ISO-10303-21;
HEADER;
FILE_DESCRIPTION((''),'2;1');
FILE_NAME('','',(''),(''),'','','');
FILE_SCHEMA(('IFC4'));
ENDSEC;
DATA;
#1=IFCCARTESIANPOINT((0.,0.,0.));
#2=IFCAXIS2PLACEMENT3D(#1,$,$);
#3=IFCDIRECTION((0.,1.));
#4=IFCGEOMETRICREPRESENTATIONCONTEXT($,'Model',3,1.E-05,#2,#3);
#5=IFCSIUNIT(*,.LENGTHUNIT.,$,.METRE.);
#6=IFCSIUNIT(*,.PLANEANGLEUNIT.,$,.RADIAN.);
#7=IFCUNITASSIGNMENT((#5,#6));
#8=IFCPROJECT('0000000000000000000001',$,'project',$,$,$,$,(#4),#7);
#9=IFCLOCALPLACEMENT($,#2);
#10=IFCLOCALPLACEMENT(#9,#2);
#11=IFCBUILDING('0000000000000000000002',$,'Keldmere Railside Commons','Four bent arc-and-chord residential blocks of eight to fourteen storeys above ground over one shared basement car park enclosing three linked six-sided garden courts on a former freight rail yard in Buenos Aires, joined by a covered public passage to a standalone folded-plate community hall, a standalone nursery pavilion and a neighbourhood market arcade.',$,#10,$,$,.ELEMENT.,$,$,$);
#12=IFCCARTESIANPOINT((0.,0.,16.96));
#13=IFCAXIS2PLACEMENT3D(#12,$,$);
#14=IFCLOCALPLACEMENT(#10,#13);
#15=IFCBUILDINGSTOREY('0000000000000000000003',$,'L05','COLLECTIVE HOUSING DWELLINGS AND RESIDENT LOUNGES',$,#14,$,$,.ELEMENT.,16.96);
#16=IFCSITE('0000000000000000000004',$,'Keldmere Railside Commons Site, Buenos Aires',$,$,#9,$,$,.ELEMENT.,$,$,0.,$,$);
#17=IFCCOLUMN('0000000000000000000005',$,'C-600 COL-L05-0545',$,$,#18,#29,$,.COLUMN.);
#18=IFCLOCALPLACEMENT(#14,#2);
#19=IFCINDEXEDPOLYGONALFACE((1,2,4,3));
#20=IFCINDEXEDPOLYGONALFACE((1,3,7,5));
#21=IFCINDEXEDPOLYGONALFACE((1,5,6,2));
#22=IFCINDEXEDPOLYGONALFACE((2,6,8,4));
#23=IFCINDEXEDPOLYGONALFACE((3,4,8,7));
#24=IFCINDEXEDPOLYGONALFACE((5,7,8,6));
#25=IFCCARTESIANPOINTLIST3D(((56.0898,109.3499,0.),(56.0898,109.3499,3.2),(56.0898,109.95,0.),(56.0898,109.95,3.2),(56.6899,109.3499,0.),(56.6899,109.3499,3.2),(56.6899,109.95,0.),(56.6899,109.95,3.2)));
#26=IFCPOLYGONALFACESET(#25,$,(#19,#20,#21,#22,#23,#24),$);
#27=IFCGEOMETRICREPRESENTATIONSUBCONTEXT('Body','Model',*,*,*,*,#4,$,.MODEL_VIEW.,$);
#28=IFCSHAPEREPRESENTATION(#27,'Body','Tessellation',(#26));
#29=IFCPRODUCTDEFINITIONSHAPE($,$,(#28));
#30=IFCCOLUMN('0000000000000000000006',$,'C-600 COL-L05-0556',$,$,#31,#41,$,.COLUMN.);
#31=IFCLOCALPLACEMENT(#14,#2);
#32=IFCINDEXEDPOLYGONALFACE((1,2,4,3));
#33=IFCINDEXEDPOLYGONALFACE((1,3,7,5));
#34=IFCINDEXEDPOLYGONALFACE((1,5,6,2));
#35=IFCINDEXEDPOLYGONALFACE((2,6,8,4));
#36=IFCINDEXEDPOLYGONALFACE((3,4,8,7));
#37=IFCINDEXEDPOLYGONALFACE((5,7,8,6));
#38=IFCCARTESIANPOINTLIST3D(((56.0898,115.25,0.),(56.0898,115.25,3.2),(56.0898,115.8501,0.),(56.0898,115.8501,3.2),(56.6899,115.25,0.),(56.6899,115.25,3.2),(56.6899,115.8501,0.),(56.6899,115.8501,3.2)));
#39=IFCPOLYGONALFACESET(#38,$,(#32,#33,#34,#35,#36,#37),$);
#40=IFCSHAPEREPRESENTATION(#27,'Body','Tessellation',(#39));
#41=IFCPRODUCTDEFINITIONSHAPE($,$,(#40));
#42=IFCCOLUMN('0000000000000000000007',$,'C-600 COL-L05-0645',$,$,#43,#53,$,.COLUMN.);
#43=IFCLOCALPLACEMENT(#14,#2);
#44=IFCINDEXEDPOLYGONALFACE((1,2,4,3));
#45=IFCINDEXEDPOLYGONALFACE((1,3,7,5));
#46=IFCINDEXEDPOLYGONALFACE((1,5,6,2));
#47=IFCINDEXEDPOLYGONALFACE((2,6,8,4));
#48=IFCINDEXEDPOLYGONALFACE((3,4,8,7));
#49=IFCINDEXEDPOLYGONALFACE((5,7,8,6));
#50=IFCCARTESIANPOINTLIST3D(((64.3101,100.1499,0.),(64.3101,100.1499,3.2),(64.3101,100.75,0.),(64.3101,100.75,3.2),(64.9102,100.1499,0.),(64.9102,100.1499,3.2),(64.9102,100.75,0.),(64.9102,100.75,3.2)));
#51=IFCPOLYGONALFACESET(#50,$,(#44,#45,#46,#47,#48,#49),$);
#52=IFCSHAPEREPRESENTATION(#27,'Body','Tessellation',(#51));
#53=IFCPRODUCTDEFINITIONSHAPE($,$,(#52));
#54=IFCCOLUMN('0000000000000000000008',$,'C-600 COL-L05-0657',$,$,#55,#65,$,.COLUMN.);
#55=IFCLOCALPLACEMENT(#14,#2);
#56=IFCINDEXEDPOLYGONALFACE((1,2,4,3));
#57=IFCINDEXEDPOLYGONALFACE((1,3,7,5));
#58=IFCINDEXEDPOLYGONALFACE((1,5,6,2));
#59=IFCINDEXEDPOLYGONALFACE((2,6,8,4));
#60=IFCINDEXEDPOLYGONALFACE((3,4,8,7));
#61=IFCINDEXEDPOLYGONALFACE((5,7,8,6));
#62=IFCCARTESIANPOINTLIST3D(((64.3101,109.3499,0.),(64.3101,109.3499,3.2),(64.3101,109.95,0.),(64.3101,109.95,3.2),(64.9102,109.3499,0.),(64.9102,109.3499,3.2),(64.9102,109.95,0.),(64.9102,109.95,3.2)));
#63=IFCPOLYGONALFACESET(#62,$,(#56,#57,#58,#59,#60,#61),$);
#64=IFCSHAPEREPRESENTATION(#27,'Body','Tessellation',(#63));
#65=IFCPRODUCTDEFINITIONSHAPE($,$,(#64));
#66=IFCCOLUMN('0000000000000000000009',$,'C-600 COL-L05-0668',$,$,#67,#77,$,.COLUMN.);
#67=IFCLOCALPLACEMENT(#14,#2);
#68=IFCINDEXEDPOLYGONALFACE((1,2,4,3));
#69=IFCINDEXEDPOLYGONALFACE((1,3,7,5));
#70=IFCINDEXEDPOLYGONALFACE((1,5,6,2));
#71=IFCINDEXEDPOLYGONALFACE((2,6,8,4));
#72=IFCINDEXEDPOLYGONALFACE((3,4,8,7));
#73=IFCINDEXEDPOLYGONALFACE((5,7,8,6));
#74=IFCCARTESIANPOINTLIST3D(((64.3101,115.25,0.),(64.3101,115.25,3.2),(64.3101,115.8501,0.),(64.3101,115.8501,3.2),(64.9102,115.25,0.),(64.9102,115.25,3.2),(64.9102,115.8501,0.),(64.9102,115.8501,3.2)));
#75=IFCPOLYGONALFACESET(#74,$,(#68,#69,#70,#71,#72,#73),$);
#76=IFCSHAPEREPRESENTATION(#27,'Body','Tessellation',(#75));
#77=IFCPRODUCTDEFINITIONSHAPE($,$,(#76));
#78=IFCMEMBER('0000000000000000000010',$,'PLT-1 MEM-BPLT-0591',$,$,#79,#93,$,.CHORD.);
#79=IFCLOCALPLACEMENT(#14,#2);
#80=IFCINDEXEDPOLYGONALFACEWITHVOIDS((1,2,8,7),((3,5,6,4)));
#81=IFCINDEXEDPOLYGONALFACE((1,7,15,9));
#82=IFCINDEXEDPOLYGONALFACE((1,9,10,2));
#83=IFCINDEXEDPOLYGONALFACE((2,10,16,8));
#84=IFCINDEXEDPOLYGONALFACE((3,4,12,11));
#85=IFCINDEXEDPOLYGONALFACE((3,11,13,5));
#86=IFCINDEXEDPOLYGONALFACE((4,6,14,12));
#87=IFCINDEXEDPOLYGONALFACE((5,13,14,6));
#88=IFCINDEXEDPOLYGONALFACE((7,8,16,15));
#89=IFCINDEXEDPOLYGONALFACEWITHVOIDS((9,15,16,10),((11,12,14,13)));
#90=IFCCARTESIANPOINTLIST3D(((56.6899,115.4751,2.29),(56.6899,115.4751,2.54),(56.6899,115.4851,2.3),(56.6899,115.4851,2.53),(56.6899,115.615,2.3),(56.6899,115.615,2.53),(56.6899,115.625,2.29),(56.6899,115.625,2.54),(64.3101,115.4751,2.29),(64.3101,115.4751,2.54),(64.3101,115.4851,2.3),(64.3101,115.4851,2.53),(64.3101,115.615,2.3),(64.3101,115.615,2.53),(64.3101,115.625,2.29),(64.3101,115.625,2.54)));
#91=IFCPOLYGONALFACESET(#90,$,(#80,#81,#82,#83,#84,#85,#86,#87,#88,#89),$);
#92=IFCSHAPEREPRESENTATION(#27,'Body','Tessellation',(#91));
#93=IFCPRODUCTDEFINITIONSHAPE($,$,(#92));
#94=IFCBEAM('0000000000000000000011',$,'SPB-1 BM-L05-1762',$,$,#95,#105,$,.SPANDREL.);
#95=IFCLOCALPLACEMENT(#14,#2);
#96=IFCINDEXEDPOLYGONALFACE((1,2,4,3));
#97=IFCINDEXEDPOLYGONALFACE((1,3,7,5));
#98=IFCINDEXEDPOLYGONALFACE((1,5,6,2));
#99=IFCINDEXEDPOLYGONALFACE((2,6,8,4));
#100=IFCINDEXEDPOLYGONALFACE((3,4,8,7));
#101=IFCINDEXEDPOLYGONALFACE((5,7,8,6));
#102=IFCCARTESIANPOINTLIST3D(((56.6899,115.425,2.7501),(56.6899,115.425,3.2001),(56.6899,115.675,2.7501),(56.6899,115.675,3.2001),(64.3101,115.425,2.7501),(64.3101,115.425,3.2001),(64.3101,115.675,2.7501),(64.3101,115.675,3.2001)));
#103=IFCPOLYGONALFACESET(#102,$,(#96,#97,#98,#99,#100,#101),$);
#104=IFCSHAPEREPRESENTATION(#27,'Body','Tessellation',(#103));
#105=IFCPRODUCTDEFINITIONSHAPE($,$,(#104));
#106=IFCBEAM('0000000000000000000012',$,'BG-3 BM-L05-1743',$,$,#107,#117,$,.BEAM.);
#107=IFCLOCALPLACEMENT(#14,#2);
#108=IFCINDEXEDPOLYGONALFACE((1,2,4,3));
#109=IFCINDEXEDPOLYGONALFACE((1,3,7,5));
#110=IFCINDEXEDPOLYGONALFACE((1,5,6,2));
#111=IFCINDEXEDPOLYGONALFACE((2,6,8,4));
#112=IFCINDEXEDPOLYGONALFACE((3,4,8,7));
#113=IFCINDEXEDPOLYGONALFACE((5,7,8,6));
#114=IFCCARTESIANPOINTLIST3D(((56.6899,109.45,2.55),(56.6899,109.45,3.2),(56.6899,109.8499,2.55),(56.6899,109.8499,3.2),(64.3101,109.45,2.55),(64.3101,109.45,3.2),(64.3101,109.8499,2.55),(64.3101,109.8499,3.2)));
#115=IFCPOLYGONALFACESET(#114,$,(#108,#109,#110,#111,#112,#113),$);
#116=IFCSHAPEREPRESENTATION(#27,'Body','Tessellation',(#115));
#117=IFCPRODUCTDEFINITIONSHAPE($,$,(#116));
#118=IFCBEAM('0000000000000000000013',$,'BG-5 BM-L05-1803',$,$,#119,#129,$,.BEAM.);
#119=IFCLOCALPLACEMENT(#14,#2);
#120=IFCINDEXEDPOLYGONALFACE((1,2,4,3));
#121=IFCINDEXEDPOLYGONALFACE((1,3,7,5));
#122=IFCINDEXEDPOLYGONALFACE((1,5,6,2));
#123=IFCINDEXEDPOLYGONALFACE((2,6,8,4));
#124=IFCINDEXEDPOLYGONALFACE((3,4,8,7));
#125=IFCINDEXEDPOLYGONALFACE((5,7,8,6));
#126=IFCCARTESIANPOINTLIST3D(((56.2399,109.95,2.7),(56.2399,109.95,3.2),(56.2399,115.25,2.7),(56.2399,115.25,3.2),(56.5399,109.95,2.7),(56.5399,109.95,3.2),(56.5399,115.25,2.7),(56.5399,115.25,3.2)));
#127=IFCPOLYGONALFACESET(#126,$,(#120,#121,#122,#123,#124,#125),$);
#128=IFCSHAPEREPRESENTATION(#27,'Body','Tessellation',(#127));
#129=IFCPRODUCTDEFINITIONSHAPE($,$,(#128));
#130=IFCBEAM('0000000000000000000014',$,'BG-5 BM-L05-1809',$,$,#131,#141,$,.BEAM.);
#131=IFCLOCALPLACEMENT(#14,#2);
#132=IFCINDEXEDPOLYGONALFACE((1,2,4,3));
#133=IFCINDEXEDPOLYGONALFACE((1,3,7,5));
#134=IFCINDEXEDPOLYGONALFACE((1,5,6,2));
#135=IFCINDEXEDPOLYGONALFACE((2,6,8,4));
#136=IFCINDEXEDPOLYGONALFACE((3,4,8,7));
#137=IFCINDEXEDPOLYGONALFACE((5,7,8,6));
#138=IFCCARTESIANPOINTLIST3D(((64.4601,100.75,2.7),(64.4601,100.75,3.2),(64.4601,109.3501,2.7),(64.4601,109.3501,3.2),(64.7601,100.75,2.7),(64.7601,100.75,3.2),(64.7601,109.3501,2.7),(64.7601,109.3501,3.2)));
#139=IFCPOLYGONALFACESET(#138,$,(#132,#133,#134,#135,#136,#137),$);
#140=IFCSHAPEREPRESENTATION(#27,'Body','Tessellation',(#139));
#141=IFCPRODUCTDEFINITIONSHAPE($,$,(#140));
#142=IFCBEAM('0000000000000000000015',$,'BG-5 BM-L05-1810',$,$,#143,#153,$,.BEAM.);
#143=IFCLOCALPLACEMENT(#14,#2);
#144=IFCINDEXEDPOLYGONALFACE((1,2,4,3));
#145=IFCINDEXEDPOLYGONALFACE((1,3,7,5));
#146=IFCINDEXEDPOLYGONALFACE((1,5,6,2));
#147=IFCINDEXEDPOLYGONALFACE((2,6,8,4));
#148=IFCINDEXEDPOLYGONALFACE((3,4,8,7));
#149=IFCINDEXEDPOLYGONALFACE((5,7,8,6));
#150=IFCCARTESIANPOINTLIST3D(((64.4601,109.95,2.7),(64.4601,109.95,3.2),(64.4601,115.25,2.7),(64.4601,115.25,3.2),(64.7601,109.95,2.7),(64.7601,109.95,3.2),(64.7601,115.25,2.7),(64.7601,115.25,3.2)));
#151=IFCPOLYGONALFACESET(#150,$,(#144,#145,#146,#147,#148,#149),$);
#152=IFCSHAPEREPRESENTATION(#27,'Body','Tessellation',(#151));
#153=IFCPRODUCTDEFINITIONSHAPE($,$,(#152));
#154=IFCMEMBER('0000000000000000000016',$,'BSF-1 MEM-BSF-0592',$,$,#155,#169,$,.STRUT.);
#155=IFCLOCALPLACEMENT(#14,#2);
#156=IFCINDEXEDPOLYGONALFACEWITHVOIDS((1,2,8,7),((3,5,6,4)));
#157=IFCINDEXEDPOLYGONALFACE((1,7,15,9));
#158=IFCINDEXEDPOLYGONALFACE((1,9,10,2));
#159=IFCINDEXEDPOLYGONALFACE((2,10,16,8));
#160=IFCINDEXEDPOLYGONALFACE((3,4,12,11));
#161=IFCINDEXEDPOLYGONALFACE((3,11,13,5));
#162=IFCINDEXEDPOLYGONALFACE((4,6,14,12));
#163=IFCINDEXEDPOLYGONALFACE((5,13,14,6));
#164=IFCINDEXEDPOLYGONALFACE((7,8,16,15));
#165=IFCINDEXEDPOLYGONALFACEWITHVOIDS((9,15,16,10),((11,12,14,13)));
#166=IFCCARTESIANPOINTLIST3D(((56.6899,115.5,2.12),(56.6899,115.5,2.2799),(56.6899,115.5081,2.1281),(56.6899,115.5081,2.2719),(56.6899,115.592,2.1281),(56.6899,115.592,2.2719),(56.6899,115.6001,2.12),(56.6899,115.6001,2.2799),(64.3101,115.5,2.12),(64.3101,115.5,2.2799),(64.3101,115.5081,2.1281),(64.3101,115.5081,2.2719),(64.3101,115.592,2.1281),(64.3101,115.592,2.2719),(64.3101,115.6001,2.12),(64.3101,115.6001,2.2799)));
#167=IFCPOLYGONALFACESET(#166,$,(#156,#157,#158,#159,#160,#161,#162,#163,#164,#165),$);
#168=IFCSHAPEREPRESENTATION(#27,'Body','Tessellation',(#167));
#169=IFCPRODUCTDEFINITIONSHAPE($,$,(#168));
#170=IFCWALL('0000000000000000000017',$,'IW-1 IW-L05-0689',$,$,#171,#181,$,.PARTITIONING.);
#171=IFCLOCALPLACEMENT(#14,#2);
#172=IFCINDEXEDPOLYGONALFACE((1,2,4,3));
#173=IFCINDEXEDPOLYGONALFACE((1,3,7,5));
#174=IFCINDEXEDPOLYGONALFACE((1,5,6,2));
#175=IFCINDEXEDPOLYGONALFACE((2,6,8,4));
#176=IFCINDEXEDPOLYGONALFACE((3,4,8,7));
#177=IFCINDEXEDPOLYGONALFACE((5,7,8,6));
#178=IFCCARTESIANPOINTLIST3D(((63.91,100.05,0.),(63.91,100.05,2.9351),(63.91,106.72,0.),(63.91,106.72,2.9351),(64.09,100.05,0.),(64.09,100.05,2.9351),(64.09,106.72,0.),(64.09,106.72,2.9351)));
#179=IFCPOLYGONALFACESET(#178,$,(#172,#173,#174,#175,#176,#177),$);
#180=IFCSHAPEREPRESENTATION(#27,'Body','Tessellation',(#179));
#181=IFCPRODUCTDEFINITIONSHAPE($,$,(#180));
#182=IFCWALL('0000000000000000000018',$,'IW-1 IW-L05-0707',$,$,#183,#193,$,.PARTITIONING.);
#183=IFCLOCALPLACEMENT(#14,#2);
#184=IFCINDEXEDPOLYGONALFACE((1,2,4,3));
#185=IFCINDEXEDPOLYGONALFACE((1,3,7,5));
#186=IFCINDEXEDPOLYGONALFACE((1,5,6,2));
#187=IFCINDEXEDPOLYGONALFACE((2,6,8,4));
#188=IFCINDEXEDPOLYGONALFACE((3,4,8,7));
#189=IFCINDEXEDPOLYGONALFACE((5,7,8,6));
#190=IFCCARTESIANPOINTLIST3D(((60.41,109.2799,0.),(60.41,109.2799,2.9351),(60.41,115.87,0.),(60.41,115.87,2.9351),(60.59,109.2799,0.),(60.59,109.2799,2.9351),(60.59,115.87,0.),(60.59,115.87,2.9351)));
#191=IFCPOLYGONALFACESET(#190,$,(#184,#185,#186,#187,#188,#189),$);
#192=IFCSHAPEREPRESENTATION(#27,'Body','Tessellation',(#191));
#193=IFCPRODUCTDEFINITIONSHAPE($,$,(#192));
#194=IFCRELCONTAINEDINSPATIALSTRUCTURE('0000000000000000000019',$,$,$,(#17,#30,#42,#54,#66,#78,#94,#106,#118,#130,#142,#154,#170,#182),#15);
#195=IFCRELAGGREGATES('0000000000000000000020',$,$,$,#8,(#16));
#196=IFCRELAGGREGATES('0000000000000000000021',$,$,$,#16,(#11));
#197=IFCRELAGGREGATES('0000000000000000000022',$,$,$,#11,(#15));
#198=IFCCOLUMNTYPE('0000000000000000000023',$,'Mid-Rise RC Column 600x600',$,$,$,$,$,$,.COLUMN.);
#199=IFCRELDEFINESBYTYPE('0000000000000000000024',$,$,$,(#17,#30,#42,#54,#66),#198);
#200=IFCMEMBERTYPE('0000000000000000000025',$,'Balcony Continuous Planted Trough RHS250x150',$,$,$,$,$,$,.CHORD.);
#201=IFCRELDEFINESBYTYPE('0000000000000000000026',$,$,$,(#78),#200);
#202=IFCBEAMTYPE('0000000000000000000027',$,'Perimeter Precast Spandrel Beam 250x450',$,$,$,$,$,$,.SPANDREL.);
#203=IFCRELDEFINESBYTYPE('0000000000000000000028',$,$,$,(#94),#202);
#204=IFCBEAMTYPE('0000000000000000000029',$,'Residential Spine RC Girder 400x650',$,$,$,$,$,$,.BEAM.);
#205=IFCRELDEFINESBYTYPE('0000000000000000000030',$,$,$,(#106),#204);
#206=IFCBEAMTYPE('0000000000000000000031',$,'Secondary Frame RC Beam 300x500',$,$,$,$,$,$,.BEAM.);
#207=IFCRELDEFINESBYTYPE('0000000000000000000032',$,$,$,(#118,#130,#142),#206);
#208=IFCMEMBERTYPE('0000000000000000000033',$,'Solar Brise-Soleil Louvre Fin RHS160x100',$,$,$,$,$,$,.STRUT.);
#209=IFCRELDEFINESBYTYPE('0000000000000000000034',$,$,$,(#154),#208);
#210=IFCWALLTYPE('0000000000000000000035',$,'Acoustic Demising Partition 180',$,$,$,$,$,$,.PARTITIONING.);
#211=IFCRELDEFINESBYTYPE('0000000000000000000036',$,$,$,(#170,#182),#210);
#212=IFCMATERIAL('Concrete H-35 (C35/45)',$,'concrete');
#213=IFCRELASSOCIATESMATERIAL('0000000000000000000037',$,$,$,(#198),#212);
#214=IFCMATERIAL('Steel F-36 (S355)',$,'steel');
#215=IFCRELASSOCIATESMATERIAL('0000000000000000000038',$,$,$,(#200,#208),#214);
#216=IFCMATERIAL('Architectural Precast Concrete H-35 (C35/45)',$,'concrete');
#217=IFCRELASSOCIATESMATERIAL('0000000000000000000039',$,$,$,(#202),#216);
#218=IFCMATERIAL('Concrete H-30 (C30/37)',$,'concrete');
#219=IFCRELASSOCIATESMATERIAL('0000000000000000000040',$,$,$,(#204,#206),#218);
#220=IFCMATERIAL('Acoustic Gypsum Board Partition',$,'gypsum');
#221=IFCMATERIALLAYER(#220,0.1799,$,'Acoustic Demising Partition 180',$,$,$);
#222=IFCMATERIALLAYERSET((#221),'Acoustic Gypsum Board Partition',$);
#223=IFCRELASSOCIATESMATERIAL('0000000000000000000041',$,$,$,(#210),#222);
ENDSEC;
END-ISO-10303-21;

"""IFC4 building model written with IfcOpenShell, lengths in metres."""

from ifc_helpers import new_model, si_unit, direction, frame, frame_2d, origin, origin_2d, place, context, subcontext, project, spatial, rectangle, hollow_rectangle, extrude, material, layer, layer_set, material_profile, profile_set, type_object, element, save


model = new_model("IFC4")

# Units and contexts
model_context = context("Model", 3, precision=1e-05, world=origin(), true_north=direction((0.0, 1.0)))
body_context = subcontext(model_context, "Body", "Model", "MODEL_VIEW")
ifc_project = project(units=[si_unit("LENGTHUNIT", "METRE"), si_unit("PLANEANGLEUNIT", "RADIAN")], contexts=[model_context])

# Site, building, storey
site_placement = place(None, origin())
site = spatial("IfcSite", under=ifc_project, at=site_placement, Name="Keldmere Railside Commons Site, Buenos Aires", CompositionType="ELEMENT", RefElevation=0.0)
building_placement = place(site_placement, origin())
building = spatial("IfcBuilding", under=site, at=building_placement, Name="Keldmere Railside Commons", Description="Four bent arc-and-chord residential blocks of eight to fourteen storeys above ground over one shared basement car park enclosing three linked six-sided garden courts on a former freight rail yard in Buenos Aires, joined by a covered public passage to a standalone folded-plate community hall, a standalone nursery pavilion and a neighbourhood market arcade.", CompositionType="ELEMENT")
storey_placement = place(building_placement, frame((0.0, 0.0, 16.96)))
storey = spatial("IfcBuildingStorey", under=building, at=storey_placement, Name="L05", Description="COLLECTIVE HOUSING DWELLINGS AND RESIDENT LOUNGES", CompositionType="ELEMENT", Elevation=16.96)

# Columns
ifc_material_1 = material(Name="Concrete H-35 (C35/45)", Category="concrete")
ifc_material_profile_1 = material_profile(ifc_material_1, rectangle(XDim=0.6001, YDim=0.6001, at=origin_2d()), Name="RC-600x600")
ifc_profile_set_1 = profile_set([ifc_material_profile_1], Name="Concrete H-35 (C35/45)")
column_type = type_object("IfcColumnType", Name="Mid-Rise RC Column 600x600", PredefinedType="COLUMN", material=ifc_profile_set_1)
for number, where, z_axis, x_axis, name in (
    (1, (56.3899, 109.6499, 0.0), (0.0, 0.0, 1.0), (1.0, 0.0, 0.0), "C-600 COL-L05-0545"),
    (2, (56.3899, 115.55, 0.0), (0.0, 0.0, 1.0), (1.0, 0.0, 0.0), "C-600 COL-L05-0556"),
    (3, (64.6101, 100.45, 0.0), (0.0, 0.0, 1.0), (1.0, 0.0, 0.0), "C-600 COL-L05-0645"),
    (4, (64.6101, 109.6499, 0.0), (0.0, 0.0, 1.0), (1.0, 0.0, 0.0), "C-600 COL-L05-0657"),
    (5, (64.6101, 115.55, 0.0), (0.0, 0.0, 1.0), (1.0, 0.0, 0.0), "C-600 COL-L05-0668"),
):
    element("IfcColumn", number, at=place(storey_placement, frame(where, z_axis=z_axis, x_axis=x_axis)), inside=storey, type_object=column_type, Name=name, PredefinedType="COLUMN", context=body_context, shape_type="SweptSolid", body=[
        extrude(rectangle(XDim=0.6001, YDim=0.6001, at=origin_2d()), origin(), (0.0, 0.0, 1.0), 3.2),
    ])

# Member
ifc_material_2 = material(Name="Steel F-36 (S355)", Category="steel")
ifc_material_profile_2 = material_profile(ifc_material_2, hollow_rectangle(XDim=0.1499, YDim=0.25, WallThickness=0.01, at=origin_2d()), Name="RHS-250x150x10")
ifc_profile_set_2 = profile_set([ifc_material_profile_2], Name="Steel F-36 (S355)")
member_type_1 = type_object("IfcMemberType", Name="Balcony Continuous Planted Trough RHS250x150", PredefinedType="CHORD", material=ifc_profile_set_2)
member_1_placement = place(storey_placement, frame((56.6899, 115.55, 2.415), z_axis=(1.0, 0.0, 0.0), x_axis=(0.0, 1.0, 0.0)))
element("IfcMember", 6, at=member_1_placement, inside=storey, type_object=member_type_1, Name="PLT-1 MEM-BPLT-0591", PredefinedType="CHORD", context=body_context, shape_type="SweptSolid", body=[
    extrude(hollow_rectangle(XDim=0.1499, YDim=0.25, WallThickness=0.01, at=origin_2d()), origin(), (0.0, 0.0, 1.0), 7.6201),
])

# Beams
ifc_material_3 = material(Name="Architectural Precast Concrete H-35 (C35/45)", Category="concrete")
ifc_material_profile_3 = material_profile(ifc_material_3, rectangle(XDim=0.25, YDim=0.45, at=origin_2d()), Name="RC-250x450")
ifc_profile_set_3 = profile_set([ifc_material_profile_3], Name="Architectural Precast Concrete H-35 (C35/45)")
beam_type_1 = type_object("IfcBeamType", Name="Perimeter Precast Spandrel Beam 250x450", PredefinedType="SPANDREL", material=ifc_profile_set_3)
beam_1_placement = place(storey_placement, frame((56.6899, 115.55, 2.9751), z_axis=(1.0, 0.0, 0.0), x_axis=(0.0, 1.0, 0.0)))
element("IfcBeam", 7, at=beam_1_placement, inside=storey, type_object=beam_type_1, Name="SPB-1 BM-L05-1762", PredefinedType="SPANDREL", context=body_context, shape_type="SweptSolid", body=[
    extrude(rectangle(XDim=0.25, YDim=0.45, at=origin_2d()), origin(), (0.0, 0.0, 1.0), 7.6201),
])
ifc_material_4 = material(Name="Concrete H-30 (C30/37)", Category="concrete")
ifc_material_profile_4 = material_profile(ifc_material_4, rectangle(XDim=0.3999, YDim=0.6499, at=origin_2d()), Name="RC-400x650")
ifc_profile_set_4 = profile_set([ifc_material_profile_4], Name="Concrete H-30 (C30/37)")
beam_type_2 = type_object("IfcBeamType", Name="Residential Spine RC Girder 400x650", PredefinedType="BEAM", material=ifc_profile_set_4)
beam_2_placement = place(storey_placement, frame((56.6899, 109.6499, 2.875), z_axis=(1.0, 0.0, 0.0), x_axis=(0.0, 1.0, 0.0)))
element("IfcBeam", 8, at=beam_2_placement, inside=storey, type_object=beam_type_2, Name="BG-3 BM-L05-1743", PredefinedType="BEAM", context=body_context, shape_type="SweptSolid", body=[
    extrude(rectangle(XDim=0.3999, YDim=0.6499, at=origin_2d()), origin(), (0.0, 0.0, 1.0), 7.6201),
])
ifc_material_profile_5 = material_profile(ifc_material_4, rectangle(XDim=0.3, YDim=0.5, at=origin_2d()), Name="RC-300x500")
ifc_profile_set_5 = profile_set([ifc_material_profile_5], Name="Concrete H-30 (C30/37)")
beam_type_3 = type_object("IfcBeamType", Name="Secondary Frame RC Beam 300x500", PredefinedType="BEAM", material=ifc_profile_set_5)
beam_3_placement = place(storey_placement, frame((56.3899, 109.95, 2.95), z_axis=(0.0, 1.0, 0.0), x_axis=(-1.0, 0.0, 0.0)))
element("IfcBeam", 9, at=beam_3_placement, inside=storey, type_object=beam_type_3, Name="BG-5 BM-L05-1803", PredefinedType="BEAM", context=body_context, shape_type="SweptSolid", body=[
    extrude(rectangle(XDim=0.3, YDim=0.5, at=origin_2d()), origin(), (0.0, 0.0, 1.0), 5.3),
])
beam_4_placement = place(storey_placement, frame((64.6101, 100.75, 2.95), z_axis=(0.0, 1.0, 0.0), x_axis=(-1.0, 0.0, 0.0)))
element("IfcBeam", 10, at=beam_4_placement, inside=storey, type_object=beam_type_3, Name="BG-5 BM-L05-1809", PredefinedType="BEAM", context=body_context, shape_type="SweptSolid", body=[
    extrude(rectangle(XDim=0.3, YDim=0.5, at=origin_2d()), origin(), (0.0, 0.0, 1.0), 8.6001),
])
beam_5_placement = place(storey_placement, frame((64.6101, 109.95, 2.95), z_axis=(0.0, 1.0, 0.0), x_axis=(-1.0, 0.0, 0.0)))
element("IfcBeam", 11, at=beam_5_placement, inside=storey, type_object=beam_type_3, Name="BG-5 BM-L05-1810", PredefinedType="BEAM", context=body_context, shape_type="SweptSolid", body=[
    extrude(rectangle(XDim=0.3, YDim=0.5, at=origin_2d()), origin(), (0.0, 0.0, 1.0), 5.3),
])

# Member
ifc_material_profile_6 = material_profile(ifc_material_2, hollow_rectangle(XDim=0.1001, YDim=0.1599, WallThickness=0.0081, at=origin_2d()), Name="RHS-160x100x8")
ifc_profile_set_6 = profile_set([ifc_material_profile_6], Name="Steel F-36 (S355)")
member_type_2 = type_object("IfcMemberType", Name="Solar Brise-Soleil Louvre Fin RHS160x100", PredefinedType="STRUT", material=ifc_profile_set_6)
member_2_placement = place(storey_placement, frame((56.6899, 115.55, 2.2), z_axis=(1.0, 0.0, 0.0), x_axis=(0.0, 1.0, 0.0)))
element("IfcMember", 12, at=member_2_placement, inside=storey, type_object=member_type_2, Name="BSF-1 MEM-BSF-0592", PredefinedType="STRUT", context=body_context, shape_type="SweptSolid", body=[
    extrude(hollow_rectangle(XDim=0.1001, YDim=0.1599, WallThickness=0.0081, at=origin_2d()), origin(), (0.0, 0.0, 1.0), 7.6201),
])

# Walls
ifc_material_5 = material(Name="Acoustic Gypsum Board Partition", Category="gypsum")
ifc_layer_1 = layer(ifc_material_5, 0.1799, Name="Acoustic Demising Partition 180")
ifc_layer_set_1 = layer_set([ifc_layer_1], Name="Acoustic Gypsum Board Partition")
wall_type_1 = type_object("IfcWallType", Name="Acoustic Demising Partition 180", PredefinedType="PARTITIONING", material=ifc_layer_set_1)
wall_1_placement = place(storey_placement, frame((64.0, 100.05, 0.0), z_axis=(0.0, 0.0, 1.0), x_axis=(0.0, 1.0, 0.0)))
element("IfcWall", 13, at=wall_1_placement, inside=storey, type_object=wall_type_1, Name="IW-1 IW-L05-0689", PredefinedType="PARTITIONING", context=body_context, shape_type="SweptSolid", body=[
    extrude(rectangle(XDim=6.6699, YDim=0.1799, at=frame_2d((3.335, 0.0))), origin(), (0.0, 0.0, 1.0), 2.9351),
])
wall_2_placement = place(storey_placement, frame((60.5, 109.28, 0.0), z_axis=(0.0, 0.0, 1.0), x_axis=(0.0, 1.0, 0.0)))
element("IfcWall", 14, at=wall_2_placement, inside=storey, type_object=wall_type_1, Name="IW-1 IW-L05-0707", PredefinedType="PARTITIONING", context=body_context, shape_type="SweptSolid", body=[
    extrude(rectangle(XDim=6.5901, YDim=0.1799, at=frame_2d((3.2949, 0.0))), origin(), (0.0, 0.0, 1.0), 2.9351),
])

save(model, "model.ifc")
